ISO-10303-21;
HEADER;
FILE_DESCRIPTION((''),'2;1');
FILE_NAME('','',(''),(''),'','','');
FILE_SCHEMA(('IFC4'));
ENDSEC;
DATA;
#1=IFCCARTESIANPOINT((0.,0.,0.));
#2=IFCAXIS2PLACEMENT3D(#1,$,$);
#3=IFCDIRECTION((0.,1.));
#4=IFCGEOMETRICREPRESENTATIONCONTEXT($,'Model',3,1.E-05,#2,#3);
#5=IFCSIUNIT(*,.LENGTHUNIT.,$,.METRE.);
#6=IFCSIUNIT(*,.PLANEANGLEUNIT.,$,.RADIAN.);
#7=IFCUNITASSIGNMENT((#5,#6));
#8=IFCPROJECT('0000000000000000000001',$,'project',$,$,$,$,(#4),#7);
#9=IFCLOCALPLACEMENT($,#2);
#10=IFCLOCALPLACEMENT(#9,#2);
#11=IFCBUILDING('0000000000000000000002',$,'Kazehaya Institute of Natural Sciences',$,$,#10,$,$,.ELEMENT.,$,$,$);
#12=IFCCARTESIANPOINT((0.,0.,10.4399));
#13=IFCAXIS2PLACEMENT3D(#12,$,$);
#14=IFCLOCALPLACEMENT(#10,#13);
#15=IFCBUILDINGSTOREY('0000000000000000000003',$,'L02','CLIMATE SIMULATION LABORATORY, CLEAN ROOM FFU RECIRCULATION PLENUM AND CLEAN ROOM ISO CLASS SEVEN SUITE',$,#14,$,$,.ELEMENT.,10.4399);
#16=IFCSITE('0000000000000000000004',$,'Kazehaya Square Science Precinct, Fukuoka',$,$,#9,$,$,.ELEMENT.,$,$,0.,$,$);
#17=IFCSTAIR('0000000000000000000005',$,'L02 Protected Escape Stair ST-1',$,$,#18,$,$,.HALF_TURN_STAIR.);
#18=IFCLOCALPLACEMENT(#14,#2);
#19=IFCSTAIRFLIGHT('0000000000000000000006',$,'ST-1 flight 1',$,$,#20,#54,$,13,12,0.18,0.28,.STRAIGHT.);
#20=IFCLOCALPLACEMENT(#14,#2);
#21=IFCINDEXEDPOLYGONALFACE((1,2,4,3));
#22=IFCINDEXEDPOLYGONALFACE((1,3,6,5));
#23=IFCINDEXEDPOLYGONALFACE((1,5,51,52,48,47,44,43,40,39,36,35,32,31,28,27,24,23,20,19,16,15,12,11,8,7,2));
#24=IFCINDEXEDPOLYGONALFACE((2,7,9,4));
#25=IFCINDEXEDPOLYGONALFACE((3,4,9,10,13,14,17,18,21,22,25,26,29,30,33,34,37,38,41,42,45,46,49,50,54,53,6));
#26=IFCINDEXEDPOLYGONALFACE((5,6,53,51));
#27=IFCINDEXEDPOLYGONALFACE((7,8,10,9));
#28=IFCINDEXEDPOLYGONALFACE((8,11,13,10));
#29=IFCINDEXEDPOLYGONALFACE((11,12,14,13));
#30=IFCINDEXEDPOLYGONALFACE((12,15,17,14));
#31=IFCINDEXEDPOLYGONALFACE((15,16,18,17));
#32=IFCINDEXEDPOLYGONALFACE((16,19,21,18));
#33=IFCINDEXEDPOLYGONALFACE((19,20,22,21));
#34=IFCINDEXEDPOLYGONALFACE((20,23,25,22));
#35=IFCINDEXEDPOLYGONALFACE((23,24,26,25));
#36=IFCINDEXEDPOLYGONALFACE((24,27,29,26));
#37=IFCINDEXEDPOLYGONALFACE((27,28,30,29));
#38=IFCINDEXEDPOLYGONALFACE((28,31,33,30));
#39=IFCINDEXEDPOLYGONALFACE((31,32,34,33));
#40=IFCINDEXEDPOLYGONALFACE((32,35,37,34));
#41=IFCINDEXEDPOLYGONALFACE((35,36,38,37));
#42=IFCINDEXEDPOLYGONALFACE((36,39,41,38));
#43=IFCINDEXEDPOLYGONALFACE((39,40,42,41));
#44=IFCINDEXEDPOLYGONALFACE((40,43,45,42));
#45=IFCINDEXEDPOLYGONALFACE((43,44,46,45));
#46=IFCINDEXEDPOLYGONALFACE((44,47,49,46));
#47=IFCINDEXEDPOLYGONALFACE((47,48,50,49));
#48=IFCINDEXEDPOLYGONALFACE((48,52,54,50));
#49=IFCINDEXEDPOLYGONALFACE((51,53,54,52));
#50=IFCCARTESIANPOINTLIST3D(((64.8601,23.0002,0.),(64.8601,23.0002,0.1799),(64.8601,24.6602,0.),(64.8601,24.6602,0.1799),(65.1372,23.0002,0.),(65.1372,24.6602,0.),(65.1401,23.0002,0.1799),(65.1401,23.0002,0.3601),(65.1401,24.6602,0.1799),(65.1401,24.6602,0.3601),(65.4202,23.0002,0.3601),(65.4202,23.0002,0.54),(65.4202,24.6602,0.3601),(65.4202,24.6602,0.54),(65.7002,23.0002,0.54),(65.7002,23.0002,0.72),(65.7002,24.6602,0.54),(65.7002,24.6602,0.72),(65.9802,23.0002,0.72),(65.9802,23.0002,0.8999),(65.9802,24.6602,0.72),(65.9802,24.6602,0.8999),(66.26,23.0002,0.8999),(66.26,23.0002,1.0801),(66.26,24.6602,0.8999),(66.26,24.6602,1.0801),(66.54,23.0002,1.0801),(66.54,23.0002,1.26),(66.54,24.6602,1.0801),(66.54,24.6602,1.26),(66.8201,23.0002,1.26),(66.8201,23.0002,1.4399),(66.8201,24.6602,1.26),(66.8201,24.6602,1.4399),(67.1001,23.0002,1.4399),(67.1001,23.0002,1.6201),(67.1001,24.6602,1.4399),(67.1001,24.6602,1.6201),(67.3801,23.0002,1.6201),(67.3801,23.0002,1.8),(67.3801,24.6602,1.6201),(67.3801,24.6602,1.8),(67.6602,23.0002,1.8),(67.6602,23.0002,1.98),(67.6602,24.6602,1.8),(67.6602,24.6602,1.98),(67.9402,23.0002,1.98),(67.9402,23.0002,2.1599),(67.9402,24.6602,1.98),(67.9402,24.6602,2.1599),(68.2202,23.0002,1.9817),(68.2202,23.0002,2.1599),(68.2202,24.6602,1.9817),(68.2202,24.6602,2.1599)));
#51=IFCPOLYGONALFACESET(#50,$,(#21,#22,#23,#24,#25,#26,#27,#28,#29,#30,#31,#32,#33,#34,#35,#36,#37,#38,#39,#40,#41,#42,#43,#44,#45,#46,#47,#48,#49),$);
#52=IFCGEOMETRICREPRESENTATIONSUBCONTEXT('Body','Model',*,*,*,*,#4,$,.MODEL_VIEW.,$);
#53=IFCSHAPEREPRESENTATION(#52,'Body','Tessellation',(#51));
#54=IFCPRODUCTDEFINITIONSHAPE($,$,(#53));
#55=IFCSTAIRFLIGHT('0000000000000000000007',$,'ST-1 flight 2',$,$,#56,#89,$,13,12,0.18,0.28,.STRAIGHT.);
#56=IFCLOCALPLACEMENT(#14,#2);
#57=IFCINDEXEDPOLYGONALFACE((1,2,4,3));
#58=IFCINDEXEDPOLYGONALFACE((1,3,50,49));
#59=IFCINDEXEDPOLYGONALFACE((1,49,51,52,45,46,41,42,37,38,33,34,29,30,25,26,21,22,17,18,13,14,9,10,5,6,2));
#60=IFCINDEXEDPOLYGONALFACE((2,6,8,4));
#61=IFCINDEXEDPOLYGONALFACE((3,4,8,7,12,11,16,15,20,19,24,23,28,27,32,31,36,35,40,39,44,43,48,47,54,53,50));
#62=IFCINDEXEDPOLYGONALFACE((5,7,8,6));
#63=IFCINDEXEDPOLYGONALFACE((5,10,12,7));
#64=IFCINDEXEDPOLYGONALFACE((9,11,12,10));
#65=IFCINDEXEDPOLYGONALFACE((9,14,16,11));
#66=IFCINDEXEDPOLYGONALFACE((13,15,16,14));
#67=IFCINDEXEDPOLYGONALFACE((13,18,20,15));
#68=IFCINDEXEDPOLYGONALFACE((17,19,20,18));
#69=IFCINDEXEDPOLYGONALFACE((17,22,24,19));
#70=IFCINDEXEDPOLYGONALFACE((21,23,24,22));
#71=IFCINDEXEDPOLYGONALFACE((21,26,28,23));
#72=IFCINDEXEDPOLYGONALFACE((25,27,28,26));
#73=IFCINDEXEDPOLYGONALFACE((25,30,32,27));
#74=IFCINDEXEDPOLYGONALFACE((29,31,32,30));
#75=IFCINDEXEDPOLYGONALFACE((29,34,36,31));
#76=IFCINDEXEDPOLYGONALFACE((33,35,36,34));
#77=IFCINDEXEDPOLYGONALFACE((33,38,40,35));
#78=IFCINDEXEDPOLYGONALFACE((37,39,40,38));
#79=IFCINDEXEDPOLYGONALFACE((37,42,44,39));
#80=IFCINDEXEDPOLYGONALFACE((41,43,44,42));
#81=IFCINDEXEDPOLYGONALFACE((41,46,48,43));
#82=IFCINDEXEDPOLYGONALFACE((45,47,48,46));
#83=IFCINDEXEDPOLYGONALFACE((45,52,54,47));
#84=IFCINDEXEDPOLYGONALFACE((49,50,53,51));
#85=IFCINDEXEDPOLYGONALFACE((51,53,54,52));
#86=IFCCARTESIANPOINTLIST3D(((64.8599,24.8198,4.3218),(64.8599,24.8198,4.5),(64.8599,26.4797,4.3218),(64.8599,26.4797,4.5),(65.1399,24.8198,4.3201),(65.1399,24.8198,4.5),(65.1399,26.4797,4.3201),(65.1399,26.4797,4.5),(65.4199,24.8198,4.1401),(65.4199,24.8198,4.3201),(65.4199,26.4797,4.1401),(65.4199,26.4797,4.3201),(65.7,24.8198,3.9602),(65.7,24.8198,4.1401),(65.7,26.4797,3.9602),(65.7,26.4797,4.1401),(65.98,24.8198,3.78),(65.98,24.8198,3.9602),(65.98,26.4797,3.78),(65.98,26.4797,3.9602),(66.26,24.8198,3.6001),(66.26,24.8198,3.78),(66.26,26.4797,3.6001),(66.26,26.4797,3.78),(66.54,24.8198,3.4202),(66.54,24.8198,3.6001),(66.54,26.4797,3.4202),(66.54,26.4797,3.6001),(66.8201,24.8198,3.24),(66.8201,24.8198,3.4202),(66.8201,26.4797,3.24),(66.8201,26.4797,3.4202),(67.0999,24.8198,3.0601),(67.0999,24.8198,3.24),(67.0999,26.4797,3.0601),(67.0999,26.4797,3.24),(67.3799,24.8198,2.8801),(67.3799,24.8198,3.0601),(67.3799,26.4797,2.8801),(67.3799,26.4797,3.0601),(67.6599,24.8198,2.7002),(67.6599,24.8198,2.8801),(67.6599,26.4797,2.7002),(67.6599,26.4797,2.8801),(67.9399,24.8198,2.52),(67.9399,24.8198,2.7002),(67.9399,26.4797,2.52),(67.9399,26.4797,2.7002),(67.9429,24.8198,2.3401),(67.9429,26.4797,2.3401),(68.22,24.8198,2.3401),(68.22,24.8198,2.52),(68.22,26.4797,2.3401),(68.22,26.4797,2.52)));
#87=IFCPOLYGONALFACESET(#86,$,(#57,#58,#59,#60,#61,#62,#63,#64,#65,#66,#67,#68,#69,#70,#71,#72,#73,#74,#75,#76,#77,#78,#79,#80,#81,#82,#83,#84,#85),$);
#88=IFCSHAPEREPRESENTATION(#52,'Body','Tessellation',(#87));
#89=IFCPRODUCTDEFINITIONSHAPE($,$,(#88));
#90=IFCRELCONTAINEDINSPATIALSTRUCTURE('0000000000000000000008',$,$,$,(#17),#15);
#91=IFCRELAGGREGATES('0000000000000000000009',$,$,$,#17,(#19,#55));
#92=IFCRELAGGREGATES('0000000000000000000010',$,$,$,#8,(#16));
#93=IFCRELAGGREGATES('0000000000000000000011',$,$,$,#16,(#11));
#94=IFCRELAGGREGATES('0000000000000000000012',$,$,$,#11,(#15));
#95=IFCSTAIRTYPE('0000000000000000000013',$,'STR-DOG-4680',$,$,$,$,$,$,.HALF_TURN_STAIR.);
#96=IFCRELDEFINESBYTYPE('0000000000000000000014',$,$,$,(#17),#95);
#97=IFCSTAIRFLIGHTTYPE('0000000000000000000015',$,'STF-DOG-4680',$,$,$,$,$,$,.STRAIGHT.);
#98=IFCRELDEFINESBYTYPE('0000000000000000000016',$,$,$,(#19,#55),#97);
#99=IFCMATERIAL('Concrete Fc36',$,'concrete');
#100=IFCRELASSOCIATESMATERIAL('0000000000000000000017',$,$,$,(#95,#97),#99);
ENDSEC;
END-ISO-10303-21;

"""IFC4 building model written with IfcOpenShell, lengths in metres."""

from ifc_helpers import new_model, si_unit, direction, frame, origin, place, context, subcontext, project, spatial, polyline, outline, extrude, material, type_object, element, aggregate, save


model = new_model("IFC4")

# Units and contexts
model_context = context("Model", 3, precision=1e-05, world=origin(), true_north=direction((0.0, 1.0)))
body_context = subcontext(model_context, "Body", "Model", "MODEL_VIEW")
ifc_project = project(units=[si_unit("LENGTHUNIT", "METRE"), si_unit("PLANEANGLEUNIT", "RADIAN")], contexts=[model_context])

# Site, building, storey
site_placement = place(None, origin())
site = spatial("IfcSite", under=ifc_project, at=site_placement, Name="Kazehaya Square Science Precinct, Fukuoka", CompositionType="ELEMENT", RefElevation=0.0)
building_placement = place(site_placement, origin())
building = spatial("IfcBuilding", under=site, at=building_placement, Name="Kazehaya Institute of Natural Sciences", CompositionType="ELEMENT")
storey_placement = place(building_placement, frame((0.0, 0.0, 10.4399)))
storey = spatial("IfcBuildingStorey", under=building, at=storey_placement, Name="L02", Description="CLIMATE SIMULATION LABORATORY, CLEAN ROOM FFU RECIRCULATION PLENUM AND CLEAN ROOM ISO CLASS SEVEN SUITE", CompositionType="ELEMENT", Elevation=10.4399)

# Shared definitions
ifc_material_1 = material(Name="Concrete Fc36", Category="concrete")

# Stair, stair flights
stair_type = type_object("IfcStairType", Name="STR-DOG-4680", PredefinedType="HALF_TURN_STAIR", material=ifc_material_1)
stair_placement = place(storey_placement, origin())
stair = element("IfcStair", 1, at=stair_placement, inside=storey, type_object=stair_type, Name="L02 Protected Escape Stair ST-1", PredefinedType="HALF_TURN_STAIR")
stair_flight_type = type_object("IfcStairFlightType", Name="STF-DOG-4680", PredefinedType="STRAIGHT", material=ifc_material_1)
stair_flight_1_placement = place(storey_placement, frame((64.8601, 23.8301, 0.0), z_axis=(0.0, 0.0, 1.0), x_axis=(1.0, 0.0, 0.0)))
stair_flight_1 = element("IfcStairFlight", 2, at=stair_flight_1_placement, type_object=stair_flight_type, Name="ST-1 flight 1", NumberOfRisers=13, NumberOfTreads=12, PredefinedType="STRAIGHT", RiserHeight=0.18, TreadLength=0.28, context=body_context, shape_type="SweptSolid", body=[
    extrude(outline(polyline([(0.0, 0.0), (0.0, 0.1799), (0.28, 0.1799), (0.28, 0.3601), (0.5601, 0.3601), (0.5601, 0.54), (0.8401, 0.54), (0.8401, 0.72), (1.1201, 0.72), (1.1201, 0.8999), (1.3999, 0.8999), (1.3999, 1.0801), (1.6799, 1.0801), (1.6799, 1.26), (1.96, 1.26), (1.96, 1.4399), (2.24, 1.4399), (2.24, 1.6201), (2.52, 1.6201), (2.52, 1.8), (2.8, 1.8), (2.8, 1.98), (3.0801, 1.98), (3.0801, 2.1599), (3.3601, 2.1599), (3.3601, 2.3401), (3.3601, 1.9817), (0.2771, 0.0), (0.0, 0.0)])), frame((0.0, 0.8301, 0.0), z_axis=(0.0, -1.0, 0.0), x_axis=(1.0, 0.0, 0.0)), (0.0, 0.0, 1.0), 1.6599),
])
stair_flight_2_placement = place(storey_placement, frame((68.22, 25.6499, 2.3401), z_axis=(0.0, 0.0, 1.0), x_axis=(-1.0, 0.0, 0.0)))
stair_flight_2 = element("IfcStairFlight", 3, at=stair_flight_2_placement, type_object=stair_flight_type, Name="ST-1 flight 2", NumberOfRisers=13, NumberOfTreads=12, PredefinedType="STRAIGHT", RiserHeight=0.18, TreadLength=0.28, context=body_context, shape_type="SweptSolid", body=[
    extrude(outline(polyline([(0.0, 0.0), (0.0, 0.1799), (0.28, 0.1799), (0.28, 0.3601), (0.5601, 0.3601), (0.5601, 0.54), (0.8401, 0.54), (0.8401, 0.72), (1.1201, 0.72), (1.1201, 0.8999), (1.3999, 0.8999), (1.3999, 1.0801), (1.6799, 1.0801), (1.6799, 1.26), (1.96, 1.26), (1.96, 1.4399), (2.24, 1.4399), (2.24, 1.6201), (2.52, 1.6201), (2.52, 1.8), (2.8, 1.8), (2.8, 1.98), (3.0801, 1.98), (3.0801, 2.1599), (3.3601, 2.1599), (3.3601, 2.3401), (3.3601, 1.9817), (0.2771, 0.0), (0.0, 0.0)])), frame((0.0, 0.8301, 0.0), z_axis=(0.0, -1.0, 0.0), x_axis=(1.0, 0.0, 0.0)), (0.0, 0.0, 1.0), 1.6599),
])
aggregate(stair, [stair_flight_1, stair_flight_2])

save(model, "model.ifc")
